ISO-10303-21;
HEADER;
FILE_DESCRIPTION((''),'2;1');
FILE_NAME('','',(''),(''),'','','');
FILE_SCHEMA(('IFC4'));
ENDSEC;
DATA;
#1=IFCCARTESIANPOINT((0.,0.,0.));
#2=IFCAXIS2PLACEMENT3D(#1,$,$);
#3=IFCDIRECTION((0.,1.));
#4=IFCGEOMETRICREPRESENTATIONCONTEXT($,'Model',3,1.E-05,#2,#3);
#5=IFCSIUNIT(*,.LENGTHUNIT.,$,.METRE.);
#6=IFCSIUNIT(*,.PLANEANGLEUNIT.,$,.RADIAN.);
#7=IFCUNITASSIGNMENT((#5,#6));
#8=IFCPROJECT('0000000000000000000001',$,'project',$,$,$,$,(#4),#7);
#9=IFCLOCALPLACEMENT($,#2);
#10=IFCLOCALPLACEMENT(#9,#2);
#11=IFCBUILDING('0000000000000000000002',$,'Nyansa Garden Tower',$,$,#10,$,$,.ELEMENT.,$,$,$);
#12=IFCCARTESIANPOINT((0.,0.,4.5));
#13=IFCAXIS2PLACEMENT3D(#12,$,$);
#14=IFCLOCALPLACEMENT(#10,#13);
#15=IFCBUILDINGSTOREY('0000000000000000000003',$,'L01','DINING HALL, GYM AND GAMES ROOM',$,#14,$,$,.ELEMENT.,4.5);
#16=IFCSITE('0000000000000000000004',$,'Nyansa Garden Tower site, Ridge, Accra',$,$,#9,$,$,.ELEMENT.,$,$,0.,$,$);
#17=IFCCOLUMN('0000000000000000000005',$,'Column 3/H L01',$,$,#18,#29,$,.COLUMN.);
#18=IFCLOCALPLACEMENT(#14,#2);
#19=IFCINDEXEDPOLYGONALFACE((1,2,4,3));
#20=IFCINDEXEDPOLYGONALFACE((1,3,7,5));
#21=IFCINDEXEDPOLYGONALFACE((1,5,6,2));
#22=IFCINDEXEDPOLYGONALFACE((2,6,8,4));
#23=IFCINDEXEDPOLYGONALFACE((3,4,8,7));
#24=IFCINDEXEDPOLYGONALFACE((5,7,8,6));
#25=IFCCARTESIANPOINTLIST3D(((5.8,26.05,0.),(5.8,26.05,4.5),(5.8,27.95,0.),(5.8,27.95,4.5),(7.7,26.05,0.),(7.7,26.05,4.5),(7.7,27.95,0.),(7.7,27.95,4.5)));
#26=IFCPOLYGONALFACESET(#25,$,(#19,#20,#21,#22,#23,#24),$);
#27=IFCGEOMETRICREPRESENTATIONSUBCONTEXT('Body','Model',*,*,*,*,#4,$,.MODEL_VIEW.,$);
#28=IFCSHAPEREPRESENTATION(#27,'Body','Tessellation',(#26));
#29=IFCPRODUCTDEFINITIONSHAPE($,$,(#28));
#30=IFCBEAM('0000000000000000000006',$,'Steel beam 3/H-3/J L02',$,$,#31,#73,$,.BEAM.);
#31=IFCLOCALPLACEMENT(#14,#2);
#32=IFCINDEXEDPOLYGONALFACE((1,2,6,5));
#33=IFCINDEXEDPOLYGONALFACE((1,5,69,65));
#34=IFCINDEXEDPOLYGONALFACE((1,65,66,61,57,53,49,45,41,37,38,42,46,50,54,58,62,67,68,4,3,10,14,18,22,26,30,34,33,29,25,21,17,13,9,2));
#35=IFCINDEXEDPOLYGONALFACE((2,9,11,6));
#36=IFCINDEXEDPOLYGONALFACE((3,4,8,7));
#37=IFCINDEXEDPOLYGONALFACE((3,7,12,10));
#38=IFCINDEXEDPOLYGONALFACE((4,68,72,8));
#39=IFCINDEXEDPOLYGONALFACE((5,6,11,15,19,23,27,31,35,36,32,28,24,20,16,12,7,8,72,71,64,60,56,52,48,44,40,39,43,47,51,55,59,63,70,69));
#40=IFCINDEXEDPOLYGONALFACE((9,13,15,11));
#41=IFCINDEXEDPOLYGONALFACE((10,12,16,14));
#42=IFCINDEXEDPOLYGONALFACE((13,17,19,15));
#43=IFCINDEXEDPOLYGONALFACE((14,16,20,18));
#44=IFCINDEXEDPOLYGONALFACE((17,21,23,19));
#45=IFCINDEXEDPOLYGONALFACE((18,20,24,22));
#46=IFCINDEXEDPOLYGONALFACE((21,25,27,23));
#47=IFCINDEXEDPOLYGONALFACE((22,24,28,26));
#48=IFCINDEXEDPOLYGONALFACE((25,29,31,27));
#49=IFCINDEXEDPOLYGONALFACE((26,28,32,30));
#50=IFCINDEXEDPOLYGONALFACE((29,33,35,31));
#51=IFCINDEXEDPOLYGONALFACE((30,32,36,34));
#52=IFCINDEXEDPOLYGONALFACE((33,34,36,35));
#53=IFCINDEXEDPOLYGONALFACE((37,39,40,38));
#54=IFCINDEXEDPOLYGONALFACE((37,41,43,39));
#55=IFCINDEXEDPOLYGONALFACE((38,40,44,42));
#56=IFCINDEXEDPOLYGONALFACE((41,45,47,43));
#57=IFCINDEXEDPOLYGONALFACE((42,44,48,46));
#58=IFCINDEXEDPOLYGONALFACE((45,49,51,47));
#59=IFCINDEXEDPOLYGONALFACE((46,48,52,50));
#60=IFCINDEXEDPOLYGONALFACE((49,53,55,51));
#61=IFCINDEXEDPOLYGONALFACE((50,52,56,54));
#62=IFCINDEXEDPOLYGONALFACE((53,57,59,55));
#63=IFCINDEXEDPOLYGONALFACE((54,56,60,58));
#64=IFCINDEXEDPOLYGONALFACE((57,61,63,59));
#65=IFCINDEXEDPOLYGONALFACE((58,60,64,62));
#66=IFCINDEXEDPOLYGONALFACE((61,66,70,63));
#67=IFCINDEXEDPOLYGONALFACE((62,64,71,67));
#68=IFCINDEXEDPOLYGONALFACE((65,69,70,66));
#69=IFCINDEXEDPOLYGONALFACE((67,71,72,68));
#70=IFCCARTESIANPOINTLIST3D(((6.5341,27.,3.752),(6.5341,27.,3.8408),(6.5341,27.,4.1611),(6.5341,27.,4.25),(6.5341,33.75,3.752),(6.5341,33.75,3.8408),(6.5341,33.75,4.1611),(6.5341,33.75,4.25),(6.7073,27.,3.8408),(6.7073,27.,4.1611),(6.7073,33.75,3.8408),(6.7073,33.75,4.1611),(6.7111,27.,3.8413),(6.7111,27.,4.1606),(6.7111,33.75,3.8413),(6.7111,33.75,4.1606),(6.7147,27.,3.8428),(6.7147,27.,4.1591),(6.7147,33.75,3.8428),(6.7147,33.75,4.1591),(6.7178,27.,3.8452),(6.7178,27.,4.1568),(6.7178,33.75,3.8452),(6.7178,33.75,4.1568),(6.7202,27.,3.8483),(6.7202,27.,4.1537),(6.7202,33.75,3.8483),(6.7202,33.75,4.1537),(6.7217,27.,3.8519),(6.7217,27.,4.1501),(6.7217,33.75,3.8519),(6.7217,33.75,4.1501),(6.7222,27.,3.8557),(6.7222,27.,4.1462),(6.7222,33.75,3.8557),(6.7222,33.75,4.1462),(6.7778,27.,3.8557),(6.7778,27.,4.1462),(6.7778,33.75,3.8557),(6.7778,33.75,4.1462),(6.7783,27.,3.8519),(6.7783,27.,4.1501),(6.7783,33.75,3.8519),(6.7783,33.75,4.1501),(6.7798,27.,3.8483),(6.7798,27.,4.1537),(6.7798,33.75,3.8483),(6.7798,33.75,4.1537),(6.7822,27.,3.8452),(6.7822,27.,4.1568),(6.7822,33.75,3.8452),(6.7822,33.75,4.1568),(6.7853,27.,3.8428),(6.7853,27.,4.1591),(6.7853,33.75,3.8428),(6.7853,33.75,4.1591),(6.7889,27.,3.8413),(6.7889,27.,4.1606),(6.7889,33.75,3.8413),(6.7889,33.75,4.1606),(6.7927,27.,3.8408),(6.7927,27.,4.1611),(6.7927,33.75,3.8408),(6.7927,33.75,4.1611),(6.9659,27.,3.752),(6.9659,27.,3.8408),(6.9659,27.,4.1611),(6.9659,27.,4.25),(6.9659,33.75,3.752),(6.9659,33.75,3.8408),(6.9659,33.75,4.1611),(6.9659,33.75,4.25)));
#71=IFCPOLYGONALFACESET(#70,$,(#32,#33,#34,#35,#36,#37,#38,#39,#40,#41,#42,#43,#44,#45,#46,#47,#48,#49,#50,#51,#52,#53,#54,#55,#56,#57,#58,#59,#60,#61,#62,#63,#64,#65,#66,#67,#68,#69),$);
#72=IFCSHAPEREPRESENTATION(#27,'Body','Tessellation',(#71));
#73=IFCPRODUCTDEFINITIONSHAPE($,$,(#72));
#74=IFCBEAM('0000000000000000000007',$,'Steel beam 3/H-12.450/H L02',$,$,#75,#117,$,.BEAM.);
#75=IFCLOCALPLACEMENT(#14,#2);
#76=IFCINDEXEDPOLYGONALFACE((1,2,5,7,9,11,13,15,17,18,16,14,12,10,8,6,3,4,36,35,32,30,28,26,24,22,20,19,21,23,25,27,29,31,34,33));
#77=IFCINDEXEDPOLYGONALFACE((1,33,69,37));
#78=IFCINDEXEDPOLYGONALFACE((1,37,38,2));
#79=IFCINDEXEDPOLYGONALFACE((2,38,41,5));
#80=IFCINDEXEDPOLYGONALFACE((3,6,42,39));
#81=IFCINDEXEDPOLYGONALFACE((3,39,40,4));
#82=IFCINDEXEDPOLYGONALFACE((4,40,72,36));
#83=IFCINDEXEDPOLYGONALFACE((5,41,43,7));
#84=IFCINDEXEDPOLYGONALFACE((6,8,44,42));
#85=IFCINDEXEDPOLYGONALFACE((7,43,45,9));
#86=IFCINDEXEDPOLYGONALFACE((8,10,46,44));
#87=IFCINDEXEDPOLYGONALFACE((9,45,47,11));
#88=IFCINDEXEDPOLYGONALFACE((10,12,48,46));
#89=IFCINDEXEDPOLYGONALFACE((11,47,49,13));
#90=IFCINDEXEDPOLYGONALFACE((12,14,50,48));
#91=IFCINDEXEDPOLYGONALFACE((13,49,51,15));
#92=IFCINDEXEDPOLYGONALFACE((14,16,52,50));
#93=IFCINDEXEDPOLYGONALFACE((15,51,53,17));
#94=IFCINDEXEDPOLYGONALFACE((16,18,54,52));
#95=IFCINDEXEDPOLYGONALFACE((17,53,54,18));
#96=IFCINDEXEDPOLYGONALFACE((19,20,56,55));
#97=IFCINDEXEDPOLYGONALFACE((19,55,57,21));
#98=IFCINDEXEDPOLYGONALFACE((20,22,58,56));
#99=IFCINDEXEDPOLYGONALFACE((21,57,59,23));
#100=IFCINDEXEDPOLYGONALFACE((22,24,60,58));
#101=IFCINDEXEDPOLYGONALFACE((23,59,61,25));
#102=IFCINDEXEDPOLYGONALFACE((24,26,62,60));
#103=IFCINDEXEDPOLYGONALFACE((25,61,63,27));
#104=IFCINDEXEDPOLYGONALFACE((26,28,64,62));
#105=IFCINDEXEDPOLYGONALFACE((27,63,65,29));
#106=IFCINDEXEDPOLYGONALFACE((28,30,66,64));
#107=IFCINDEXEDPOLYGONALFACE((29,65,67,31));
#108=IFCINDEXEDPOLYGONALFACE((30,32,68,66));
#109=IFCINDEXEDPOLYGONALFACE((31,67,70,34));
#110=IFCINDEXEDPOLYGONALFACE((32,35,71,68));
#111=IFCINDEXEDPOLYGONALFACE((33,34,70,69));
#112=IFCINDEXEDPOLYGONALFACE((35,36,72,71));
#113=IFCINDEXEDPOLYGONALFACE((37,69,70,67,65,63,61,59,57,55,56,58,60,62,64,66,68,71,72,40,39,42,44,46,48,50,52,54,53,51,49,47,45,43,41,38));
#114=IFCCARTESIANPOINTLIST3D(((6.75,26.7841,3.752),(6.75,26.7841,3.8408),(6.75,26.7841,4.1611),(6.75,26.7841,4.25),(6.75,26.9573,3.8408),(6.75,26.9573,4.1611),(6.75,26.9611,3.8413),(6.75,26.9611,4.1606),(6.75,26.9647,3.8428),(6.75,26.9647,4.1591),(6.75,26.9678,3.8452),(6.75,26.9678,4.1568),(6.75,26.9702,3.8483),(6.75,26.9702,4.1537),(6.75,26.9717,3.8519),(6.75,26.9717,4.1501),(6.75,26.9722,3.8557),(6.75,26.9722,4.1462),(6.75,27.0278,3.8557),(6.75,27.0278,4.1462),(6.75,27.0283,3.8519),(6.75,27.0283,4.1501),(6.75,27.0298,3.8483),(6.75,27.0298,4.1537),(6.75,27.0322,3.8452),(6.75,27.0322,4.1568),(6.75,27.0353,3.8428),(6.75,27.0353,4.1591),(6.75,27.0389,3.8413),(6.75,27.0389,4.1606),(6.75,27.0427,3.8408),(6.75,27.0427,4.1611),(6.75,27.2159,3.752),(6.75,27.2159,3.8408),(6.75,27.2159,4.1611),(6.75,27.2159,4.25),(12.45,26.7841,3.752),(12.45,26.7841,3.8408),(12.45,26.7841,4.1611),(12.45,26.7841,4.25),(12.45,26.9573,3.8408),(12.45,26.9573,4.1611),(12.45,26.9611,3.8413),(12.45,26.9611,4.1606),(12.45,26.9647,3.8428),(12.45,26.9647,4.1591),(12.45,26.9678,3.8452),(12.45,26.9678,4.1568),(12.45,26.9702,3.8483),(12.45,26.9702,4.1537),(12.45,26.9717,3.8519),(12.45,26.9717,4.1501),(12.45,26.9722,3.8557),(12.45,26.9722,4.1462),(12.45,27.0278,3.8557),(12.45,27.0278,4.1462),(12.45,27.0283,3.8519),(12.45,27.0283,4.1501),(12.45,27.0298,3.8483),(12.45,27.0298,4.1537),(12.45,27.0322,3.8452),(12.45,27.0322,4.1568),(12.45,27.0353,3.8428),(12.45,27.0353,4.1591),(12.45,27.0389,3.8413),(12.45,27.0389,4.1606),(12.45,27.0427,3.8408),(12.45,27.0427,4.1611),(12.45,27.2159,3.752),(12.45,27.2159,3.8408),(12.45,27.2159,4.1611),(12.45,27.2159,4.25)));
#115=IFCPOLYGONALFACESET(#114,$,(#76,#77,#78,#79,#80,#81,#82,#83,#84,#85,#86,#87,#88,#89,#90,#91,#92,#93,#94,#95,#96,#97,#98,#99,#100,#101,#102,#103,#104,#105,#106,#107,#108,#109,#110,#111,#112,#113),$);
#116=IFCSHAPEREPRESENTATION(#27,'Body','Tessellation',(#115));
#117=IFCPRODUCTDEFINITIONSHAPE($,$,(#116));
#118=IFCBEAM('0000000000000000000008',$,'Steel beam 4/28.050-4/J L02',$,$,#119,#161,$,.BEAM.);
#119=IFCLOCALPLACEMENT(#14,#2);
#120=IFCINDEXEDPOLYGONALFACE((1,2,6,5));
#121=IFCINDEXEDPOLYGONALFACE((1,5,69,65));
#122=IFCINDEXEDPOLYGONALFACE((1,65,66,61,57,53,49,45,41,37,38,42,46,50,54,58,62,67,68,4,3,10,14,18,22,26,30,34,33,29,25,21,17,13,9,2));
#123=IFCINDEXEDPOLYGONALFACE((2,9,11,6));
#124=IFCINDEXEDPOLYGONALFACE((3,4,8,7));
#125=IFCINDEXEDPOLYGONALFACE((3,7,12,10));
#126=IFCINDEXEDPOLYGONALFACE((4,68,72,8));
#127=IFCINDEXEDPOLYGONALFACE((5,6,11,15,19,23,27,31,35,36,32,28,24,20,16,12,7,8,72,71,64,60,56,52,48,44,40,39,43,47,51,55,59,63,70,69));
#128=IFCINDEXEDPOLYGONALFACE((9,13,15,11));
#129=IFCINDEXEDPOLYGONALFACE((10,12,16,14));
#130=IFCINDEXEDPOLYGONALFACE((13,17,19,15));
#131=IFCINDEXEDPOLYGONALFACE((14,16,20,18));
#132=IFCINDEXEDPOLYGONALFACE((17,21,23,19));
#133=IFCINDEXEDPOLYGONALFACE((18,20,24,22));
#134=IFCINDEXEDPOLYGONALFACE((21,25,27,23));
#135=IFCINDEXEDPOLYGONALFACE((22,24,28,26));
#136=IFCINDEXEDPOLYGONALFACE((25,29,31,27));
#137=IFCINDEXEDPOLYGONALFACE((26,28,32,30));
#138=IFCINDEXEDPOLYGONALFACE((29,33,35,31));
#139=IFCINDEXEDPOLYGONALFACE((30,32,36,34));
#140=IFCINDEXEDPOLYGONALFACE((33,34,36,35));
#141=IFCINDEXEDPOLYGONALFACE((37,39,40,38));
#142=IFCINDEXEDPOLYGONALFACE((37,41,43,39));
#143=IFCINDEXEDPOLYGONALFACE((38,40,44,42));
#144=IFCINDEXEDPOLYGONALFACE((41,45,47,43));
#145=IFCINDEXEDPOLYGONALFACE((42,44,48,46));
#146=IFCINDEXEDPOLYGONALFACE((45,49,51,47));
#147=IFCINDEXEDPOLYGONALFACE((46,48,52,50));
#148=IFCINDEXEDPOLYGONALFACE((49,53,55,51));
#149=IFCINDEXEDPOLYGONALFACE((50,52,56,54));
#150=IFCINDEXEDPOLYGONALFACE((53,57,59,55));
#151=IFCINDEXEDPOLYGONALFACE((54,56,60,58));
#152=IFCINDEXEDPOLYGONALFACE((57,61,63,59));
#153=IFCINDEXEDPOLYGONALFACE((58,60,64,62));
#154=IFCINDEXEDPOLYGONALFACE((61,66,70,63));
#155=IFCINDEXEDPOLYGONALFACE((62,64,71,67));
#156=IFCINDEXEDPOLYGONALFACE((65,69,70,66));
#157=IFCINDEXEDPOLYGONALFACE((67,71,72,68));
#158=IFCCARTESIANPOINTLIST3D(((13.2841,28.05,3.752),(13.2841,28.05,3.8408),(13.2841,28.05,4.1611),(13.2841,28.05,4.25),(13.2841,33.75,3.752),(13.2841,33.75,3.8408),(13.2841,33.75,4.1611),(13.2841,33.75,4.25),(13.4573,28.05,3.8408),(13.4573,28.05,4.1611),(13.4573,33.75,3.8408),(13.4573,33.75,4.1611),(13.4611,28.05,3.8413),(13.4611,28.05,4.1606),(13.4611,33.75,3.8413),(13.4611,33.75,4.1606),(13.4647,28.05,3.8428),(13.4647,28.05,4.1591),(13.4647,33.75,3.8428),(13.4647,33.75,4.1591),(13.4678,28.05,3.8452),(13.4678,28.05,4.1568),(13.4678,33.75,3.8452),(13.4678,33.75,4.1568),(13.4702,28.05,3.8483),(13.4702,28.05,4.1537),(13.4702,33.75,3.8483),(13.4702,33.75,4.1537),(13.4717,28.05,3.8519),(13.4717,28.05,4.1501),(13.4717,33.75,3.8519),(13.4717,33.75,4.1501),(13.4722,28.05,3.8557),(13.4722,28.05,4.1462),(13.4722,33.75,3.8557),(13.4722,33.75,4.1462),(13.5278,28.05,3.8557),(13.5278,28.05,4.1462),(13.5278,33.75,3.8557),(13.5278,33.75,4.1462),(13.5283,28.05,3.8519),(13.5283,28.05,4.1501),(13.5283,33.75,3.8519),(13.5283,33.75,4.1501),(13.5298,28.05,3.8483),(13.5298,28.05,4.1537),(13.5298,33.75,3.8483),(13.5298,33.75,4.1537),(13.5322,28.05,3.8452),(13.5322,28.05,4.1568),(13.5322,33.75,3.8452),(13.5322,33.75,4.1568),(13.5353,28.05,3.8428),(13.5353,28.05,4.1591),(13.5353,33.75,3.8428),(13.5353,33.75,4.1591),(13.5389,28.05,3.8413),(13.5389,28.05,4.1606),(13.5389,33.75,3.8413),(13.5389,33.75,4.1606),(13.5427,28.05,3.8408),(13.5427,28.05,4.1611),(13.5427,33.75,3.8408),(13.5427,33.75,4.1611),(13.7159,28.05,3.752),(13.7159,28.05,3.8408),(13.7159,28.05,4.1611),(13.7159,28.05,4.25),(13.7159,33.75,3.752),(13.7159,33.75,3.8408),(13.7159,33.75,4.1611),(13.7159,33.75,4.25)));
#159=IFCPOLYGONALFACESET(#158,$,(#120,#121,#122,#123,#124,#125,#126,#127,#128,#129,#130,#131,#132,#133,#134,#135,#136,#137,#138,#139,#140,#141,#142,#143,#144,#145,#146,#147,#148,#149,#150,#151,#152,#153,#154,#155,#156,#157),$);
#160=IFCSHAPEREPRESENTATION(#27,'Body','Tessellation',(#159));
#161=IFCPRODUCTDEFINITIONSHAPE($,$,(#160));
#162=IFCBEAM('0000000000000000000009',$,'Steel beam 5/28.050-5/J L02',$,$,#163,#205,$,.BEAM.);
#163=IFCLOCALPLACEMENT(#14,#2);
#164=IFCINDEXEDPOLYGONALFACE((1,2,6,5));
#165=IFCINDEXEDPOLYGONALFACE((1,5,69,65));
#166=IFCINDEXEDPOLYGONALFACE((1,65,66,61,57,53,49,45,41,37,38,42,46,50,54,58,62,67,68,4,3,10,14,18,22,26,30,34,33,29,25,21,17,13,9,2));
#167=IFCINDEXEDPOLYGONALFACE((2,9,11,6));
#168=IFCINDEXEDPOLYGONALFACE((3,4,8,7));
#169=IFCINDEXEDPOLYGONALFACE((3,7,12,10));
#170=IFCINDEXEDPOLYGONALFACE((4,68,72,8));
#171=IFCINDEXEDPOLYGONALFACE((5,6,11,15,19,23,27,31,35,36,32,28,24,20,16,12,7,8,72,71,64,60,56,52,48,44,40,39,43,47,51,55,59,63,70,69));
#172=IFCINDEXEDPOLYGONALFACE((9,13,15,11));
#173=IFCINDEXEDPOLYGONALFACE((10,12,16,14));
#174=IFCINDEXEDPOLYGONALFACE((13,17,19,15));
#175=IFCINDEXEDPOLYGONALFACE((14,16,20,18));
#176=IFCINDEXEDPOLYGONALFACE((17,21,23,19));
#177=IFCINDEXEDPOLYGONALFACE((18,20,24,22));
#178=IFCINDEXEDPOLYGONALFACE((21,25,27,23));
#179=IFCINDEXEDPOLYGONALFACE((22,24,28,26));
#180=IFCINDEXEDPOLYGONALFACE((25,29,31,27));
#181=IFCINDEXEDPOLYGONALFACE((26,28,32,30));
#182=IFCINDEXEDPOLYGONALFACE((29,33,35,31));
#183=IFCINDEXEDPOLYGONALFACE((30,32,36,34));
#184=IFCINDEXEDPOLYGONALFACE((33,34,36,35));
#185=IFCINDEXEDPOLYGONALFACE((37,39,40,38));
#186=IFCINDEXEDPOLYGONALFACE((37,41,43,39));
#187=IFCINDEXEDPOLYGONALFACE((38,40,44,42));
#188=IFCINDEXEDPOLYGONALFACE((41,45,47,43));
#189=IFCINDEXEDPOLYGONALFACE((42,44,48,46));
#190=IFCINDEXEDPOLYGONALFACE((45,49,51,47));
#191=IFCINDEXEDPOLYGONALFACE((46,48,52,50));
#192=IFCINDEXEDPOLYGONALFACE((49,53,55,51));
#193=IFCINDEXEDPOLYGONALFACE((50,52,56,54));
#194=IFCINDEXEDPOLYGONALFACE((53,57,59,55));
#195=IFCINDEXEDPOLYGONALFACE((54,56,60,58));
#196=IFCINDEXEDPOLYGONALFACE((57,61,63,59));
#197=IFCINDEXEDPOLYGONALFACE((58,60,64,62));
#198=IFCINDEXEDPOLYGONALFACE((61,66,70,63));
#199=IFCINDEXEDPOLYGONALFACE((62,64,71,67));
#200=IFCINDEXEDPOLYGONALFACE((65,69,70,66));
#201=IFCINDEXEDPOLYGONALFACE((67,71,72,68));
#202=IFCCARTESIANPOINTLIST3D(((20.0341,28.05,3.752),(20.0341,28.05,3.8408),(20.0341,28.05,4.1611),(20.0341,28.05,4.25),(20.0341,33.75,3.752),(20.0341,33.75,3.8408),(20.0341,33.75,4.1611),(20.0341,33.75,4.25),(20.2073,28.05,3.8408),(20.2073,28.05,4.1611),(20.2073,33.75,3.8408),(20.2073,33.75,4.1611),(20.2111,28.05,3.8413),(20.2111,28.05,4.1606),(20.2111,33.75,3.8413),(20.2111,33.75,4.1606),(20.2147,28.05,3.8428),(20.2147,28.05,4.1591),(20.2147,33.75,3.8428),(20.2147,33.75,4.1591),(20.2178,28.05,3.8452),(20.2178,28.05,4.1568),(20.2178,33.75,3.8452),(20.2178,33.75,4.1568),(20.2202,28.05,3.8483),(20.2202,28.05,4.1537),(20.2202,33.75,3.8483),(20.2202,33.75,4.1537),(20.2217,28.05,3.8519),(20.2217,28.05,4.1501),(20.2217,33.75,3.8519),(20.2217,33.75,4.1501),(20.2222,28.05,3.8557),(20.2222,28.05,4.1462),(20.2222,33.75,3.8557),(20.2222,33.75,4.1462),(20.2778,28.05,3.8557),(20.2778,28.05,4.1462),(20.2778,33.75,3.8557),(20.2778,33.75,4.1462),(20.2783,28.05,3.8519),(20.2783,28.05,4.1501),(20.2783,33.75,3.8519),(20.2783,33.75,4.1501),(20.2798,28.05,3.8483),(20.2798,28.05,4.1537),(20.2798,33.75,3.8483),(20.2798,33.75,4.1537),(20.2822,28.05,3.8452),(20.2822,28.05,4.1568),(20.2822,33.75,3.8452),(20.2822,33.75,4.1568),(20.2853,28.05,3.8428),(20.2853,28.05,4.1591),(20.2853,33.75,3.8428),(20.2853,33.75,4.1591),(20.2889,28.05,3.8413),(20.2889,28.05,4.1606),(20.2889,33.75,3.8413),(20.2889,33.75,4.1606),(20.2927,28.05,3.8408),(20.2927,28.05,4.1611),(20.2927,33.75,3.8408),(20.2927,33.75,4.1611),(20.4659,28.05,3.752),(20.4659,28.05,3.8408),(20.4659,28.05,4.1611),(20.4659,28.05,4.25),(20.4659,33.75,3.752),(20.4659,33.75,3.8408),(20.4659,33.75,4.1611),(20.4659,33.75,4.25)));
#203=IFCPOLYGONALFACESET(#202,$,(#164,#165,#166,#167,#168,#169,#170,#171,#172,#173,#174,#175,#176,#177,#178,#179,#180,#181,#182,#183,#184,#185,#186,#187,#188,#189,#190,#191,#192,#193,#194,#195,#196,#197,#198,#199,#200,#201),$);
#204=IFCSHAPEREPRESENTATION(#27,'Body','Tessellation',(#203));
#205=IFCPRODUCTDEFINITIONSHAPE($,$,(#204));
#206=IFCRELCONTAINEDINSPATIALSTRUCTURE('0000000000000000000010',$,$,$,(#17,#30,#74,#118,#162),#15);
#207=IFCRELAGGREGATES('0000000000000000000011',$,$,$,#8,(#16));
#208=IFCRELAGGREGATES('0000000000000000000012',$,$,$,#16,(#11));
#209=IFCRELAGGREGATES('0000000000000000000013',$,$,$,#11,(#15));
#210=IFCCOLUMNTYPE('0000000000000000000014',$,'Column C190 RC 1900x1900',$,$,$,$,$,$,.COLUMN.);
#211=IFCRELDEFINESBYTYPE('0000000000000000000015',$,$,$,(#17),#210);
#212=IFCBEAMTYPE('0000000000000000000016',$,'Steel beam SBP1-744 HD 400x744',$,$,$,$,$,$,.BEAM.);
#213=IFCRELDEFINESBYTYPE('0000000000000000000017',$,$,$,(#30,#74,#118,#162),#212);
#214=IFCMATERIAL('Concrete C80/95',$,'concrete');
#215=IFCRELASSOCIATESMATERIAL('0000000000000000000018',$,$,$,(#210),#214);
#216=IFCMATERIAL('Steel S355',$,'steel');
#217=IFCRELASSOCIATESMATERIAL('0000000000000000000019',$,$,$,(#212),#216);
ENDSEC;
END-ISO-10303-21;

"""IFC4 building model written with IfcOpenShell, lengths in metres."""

from ifc_helpers import new_model, si_unit, direction, frame, origin, origin_2d, place, context, subcontext, project, spatial, rectangle, i_section, extrude, material, material_profile, profile_set, type_object, element, save


model = new_model("IFC4")

# Units and contexts
model_context = context("Model", 3, precision=1e-05, world=origin(), true_north=direction((0.0, 1.0)))
body_context = subcontext(model_context, "Body", "Model", "MODEL_VIEW")
ifc_project = project(units=[si_unit("LENGTHUNIT", "METRE"), si_unit("PLANEANGLEUNIT", "RADIAN")], contexts=[model_context])

# Site, building, storey
site_placement = place(None, origin())
site = spatial("IfcSite", under=ifc_project, at=site_placement, Name="Nyansa Garden Tower site, Ridge, Accra", CompositionType="ELEMENT", RefElevation=0.0)
building_placement = place(site_placement, origin())
building = spatial("IfcBuilding", under=site, at=building_placement, Name="Nyansa Garden Tower", CompositionType="ELEMENT")
storey_placement = place(building_placement, frame((0.0, 0.0, 4.5)))
storey = spatial("IfcBuildingStorey", under=building, at=storey_placement, Name="L01", Description="DINING HALL, GYM AND GAMES ROOM", CompositionType="ELEMENT", Elevation=4.5)

# Column
ifc_material_1 = material(Name="Concrete C80/95", Category="concrete")
ifc_material_profile_1 = material_profile(ifc_material_1, rectangle(XDim=1.8999, YDim=1.8999, at=origin_2d()), Name="RC 1900x1900")
ifc_profile_set_1 = profile_set([ifc_material_profile_1], Name="Concrete C80/95")
column_type = type_object("IfcColumnType", Name="Column C190 RC 1900x1900", PredefinedType="COLUMN", material=ifc_profile_set_1)
column_placement = place(storey_placement, frame((6.75, 27.0, 0.0), z_axis=(0.0, 0.0, 1.0), x_axis=(1.0, 0.0, 0.0)))
element("IfcColumn", 1, at=column_placement, inside=storey, type_object=column_type, Name="Column 3/H L01", PredefinedType="COLUMN", context=body_context, shape_type="SweptSolid", body=[
    extrude(rectangle(XDim=1.8999, YDim=1.8999, at=origin_2d()), origin(), (0.0, 0.0, 1.0), 4.5),
])

# Beams
ifc_material_2 = material(Name="Steel S355", Category="steel")
ifc_material_profile_2 = material_profile(ifc_material_2, i_section(OverallWidth=0.4319, OverallDepth=0.498, WebThickness=0.0557, FlangeThickness=0.0889, FilletRadius=0.0149, at=origin_2d()), Name="HD 400x744")
ifc_profile_set_2 = profile_set([ifc_material_profile_2], Name="Steel S355")
beam_type_1 = type_object("IfcBeamType", Name="Steel beam SBP1-744 HD 400x744", PredefinedType="BEAM", material=ifc_profile_set_2)
beam_1_placement = place(storey_placement, frame((6.75, 27.0, 4.001), z_axis=(0.0, 1.0, 0.0), x_axis=(-1.0, 0.0, 0.0)))
element("IfcBeam", 2, at=beam_1_placement, inside=storey, type_object=beam_type_1, Name="Steel beam 3/H-3/J L02", PredefinedType="BEAM", context=body_context, shape_type="SweptSolid", body=[
    extrude(i_section(OverallWidth=0.4319, OverallDepth=0.498, WebThickness=0.0557, FlangeThickness=0.0889, FilletRadius=0.0149, at=origin_2d()), origin(), (0.0, 0.0, 1.0), 6.75),
])
for number, where, z_axis, x_axis, name in (
    (3, (6.75, 27.0, 4.001), (1.0, 0.0, 0.0), (0.0, 1.0, 0.0), "Steel beam 3/H-12.450/H L02"),
    (4, (13.5, 28.05, 4.001), (0.0, 1.0, 0.0), (-1.0, 0.0, 0.0), "Steel beam 4/28.050-4/J L02"),
    (5, (20.25, 28.05, 4.001), (0.0, 1.0, 0.0), (-1.0, 0.0, 0.0), "Steel beam 5/28.050-5/J L02"),
):
    element("IfcBeam", number, at=place(storey_placement, frame(where, z_axis=z_axis, x_axis=x_axis)), inside=storey, type_object=beam_type_1, Name=name, PredefinedType="BEAM", context=body_context, shape_type="SweptSolid", body=[
        extrude(i_section(OverallWidth=0.4319, OverallDepth=0.498, WebThickness=0.0557, FlangeThickness=0.0889, FilletRadius=0.0149, at=origin_2d()), origin(), (0.0, 0.0, 1.0), 5.7),
    ])

save(model, "model.ifc")
